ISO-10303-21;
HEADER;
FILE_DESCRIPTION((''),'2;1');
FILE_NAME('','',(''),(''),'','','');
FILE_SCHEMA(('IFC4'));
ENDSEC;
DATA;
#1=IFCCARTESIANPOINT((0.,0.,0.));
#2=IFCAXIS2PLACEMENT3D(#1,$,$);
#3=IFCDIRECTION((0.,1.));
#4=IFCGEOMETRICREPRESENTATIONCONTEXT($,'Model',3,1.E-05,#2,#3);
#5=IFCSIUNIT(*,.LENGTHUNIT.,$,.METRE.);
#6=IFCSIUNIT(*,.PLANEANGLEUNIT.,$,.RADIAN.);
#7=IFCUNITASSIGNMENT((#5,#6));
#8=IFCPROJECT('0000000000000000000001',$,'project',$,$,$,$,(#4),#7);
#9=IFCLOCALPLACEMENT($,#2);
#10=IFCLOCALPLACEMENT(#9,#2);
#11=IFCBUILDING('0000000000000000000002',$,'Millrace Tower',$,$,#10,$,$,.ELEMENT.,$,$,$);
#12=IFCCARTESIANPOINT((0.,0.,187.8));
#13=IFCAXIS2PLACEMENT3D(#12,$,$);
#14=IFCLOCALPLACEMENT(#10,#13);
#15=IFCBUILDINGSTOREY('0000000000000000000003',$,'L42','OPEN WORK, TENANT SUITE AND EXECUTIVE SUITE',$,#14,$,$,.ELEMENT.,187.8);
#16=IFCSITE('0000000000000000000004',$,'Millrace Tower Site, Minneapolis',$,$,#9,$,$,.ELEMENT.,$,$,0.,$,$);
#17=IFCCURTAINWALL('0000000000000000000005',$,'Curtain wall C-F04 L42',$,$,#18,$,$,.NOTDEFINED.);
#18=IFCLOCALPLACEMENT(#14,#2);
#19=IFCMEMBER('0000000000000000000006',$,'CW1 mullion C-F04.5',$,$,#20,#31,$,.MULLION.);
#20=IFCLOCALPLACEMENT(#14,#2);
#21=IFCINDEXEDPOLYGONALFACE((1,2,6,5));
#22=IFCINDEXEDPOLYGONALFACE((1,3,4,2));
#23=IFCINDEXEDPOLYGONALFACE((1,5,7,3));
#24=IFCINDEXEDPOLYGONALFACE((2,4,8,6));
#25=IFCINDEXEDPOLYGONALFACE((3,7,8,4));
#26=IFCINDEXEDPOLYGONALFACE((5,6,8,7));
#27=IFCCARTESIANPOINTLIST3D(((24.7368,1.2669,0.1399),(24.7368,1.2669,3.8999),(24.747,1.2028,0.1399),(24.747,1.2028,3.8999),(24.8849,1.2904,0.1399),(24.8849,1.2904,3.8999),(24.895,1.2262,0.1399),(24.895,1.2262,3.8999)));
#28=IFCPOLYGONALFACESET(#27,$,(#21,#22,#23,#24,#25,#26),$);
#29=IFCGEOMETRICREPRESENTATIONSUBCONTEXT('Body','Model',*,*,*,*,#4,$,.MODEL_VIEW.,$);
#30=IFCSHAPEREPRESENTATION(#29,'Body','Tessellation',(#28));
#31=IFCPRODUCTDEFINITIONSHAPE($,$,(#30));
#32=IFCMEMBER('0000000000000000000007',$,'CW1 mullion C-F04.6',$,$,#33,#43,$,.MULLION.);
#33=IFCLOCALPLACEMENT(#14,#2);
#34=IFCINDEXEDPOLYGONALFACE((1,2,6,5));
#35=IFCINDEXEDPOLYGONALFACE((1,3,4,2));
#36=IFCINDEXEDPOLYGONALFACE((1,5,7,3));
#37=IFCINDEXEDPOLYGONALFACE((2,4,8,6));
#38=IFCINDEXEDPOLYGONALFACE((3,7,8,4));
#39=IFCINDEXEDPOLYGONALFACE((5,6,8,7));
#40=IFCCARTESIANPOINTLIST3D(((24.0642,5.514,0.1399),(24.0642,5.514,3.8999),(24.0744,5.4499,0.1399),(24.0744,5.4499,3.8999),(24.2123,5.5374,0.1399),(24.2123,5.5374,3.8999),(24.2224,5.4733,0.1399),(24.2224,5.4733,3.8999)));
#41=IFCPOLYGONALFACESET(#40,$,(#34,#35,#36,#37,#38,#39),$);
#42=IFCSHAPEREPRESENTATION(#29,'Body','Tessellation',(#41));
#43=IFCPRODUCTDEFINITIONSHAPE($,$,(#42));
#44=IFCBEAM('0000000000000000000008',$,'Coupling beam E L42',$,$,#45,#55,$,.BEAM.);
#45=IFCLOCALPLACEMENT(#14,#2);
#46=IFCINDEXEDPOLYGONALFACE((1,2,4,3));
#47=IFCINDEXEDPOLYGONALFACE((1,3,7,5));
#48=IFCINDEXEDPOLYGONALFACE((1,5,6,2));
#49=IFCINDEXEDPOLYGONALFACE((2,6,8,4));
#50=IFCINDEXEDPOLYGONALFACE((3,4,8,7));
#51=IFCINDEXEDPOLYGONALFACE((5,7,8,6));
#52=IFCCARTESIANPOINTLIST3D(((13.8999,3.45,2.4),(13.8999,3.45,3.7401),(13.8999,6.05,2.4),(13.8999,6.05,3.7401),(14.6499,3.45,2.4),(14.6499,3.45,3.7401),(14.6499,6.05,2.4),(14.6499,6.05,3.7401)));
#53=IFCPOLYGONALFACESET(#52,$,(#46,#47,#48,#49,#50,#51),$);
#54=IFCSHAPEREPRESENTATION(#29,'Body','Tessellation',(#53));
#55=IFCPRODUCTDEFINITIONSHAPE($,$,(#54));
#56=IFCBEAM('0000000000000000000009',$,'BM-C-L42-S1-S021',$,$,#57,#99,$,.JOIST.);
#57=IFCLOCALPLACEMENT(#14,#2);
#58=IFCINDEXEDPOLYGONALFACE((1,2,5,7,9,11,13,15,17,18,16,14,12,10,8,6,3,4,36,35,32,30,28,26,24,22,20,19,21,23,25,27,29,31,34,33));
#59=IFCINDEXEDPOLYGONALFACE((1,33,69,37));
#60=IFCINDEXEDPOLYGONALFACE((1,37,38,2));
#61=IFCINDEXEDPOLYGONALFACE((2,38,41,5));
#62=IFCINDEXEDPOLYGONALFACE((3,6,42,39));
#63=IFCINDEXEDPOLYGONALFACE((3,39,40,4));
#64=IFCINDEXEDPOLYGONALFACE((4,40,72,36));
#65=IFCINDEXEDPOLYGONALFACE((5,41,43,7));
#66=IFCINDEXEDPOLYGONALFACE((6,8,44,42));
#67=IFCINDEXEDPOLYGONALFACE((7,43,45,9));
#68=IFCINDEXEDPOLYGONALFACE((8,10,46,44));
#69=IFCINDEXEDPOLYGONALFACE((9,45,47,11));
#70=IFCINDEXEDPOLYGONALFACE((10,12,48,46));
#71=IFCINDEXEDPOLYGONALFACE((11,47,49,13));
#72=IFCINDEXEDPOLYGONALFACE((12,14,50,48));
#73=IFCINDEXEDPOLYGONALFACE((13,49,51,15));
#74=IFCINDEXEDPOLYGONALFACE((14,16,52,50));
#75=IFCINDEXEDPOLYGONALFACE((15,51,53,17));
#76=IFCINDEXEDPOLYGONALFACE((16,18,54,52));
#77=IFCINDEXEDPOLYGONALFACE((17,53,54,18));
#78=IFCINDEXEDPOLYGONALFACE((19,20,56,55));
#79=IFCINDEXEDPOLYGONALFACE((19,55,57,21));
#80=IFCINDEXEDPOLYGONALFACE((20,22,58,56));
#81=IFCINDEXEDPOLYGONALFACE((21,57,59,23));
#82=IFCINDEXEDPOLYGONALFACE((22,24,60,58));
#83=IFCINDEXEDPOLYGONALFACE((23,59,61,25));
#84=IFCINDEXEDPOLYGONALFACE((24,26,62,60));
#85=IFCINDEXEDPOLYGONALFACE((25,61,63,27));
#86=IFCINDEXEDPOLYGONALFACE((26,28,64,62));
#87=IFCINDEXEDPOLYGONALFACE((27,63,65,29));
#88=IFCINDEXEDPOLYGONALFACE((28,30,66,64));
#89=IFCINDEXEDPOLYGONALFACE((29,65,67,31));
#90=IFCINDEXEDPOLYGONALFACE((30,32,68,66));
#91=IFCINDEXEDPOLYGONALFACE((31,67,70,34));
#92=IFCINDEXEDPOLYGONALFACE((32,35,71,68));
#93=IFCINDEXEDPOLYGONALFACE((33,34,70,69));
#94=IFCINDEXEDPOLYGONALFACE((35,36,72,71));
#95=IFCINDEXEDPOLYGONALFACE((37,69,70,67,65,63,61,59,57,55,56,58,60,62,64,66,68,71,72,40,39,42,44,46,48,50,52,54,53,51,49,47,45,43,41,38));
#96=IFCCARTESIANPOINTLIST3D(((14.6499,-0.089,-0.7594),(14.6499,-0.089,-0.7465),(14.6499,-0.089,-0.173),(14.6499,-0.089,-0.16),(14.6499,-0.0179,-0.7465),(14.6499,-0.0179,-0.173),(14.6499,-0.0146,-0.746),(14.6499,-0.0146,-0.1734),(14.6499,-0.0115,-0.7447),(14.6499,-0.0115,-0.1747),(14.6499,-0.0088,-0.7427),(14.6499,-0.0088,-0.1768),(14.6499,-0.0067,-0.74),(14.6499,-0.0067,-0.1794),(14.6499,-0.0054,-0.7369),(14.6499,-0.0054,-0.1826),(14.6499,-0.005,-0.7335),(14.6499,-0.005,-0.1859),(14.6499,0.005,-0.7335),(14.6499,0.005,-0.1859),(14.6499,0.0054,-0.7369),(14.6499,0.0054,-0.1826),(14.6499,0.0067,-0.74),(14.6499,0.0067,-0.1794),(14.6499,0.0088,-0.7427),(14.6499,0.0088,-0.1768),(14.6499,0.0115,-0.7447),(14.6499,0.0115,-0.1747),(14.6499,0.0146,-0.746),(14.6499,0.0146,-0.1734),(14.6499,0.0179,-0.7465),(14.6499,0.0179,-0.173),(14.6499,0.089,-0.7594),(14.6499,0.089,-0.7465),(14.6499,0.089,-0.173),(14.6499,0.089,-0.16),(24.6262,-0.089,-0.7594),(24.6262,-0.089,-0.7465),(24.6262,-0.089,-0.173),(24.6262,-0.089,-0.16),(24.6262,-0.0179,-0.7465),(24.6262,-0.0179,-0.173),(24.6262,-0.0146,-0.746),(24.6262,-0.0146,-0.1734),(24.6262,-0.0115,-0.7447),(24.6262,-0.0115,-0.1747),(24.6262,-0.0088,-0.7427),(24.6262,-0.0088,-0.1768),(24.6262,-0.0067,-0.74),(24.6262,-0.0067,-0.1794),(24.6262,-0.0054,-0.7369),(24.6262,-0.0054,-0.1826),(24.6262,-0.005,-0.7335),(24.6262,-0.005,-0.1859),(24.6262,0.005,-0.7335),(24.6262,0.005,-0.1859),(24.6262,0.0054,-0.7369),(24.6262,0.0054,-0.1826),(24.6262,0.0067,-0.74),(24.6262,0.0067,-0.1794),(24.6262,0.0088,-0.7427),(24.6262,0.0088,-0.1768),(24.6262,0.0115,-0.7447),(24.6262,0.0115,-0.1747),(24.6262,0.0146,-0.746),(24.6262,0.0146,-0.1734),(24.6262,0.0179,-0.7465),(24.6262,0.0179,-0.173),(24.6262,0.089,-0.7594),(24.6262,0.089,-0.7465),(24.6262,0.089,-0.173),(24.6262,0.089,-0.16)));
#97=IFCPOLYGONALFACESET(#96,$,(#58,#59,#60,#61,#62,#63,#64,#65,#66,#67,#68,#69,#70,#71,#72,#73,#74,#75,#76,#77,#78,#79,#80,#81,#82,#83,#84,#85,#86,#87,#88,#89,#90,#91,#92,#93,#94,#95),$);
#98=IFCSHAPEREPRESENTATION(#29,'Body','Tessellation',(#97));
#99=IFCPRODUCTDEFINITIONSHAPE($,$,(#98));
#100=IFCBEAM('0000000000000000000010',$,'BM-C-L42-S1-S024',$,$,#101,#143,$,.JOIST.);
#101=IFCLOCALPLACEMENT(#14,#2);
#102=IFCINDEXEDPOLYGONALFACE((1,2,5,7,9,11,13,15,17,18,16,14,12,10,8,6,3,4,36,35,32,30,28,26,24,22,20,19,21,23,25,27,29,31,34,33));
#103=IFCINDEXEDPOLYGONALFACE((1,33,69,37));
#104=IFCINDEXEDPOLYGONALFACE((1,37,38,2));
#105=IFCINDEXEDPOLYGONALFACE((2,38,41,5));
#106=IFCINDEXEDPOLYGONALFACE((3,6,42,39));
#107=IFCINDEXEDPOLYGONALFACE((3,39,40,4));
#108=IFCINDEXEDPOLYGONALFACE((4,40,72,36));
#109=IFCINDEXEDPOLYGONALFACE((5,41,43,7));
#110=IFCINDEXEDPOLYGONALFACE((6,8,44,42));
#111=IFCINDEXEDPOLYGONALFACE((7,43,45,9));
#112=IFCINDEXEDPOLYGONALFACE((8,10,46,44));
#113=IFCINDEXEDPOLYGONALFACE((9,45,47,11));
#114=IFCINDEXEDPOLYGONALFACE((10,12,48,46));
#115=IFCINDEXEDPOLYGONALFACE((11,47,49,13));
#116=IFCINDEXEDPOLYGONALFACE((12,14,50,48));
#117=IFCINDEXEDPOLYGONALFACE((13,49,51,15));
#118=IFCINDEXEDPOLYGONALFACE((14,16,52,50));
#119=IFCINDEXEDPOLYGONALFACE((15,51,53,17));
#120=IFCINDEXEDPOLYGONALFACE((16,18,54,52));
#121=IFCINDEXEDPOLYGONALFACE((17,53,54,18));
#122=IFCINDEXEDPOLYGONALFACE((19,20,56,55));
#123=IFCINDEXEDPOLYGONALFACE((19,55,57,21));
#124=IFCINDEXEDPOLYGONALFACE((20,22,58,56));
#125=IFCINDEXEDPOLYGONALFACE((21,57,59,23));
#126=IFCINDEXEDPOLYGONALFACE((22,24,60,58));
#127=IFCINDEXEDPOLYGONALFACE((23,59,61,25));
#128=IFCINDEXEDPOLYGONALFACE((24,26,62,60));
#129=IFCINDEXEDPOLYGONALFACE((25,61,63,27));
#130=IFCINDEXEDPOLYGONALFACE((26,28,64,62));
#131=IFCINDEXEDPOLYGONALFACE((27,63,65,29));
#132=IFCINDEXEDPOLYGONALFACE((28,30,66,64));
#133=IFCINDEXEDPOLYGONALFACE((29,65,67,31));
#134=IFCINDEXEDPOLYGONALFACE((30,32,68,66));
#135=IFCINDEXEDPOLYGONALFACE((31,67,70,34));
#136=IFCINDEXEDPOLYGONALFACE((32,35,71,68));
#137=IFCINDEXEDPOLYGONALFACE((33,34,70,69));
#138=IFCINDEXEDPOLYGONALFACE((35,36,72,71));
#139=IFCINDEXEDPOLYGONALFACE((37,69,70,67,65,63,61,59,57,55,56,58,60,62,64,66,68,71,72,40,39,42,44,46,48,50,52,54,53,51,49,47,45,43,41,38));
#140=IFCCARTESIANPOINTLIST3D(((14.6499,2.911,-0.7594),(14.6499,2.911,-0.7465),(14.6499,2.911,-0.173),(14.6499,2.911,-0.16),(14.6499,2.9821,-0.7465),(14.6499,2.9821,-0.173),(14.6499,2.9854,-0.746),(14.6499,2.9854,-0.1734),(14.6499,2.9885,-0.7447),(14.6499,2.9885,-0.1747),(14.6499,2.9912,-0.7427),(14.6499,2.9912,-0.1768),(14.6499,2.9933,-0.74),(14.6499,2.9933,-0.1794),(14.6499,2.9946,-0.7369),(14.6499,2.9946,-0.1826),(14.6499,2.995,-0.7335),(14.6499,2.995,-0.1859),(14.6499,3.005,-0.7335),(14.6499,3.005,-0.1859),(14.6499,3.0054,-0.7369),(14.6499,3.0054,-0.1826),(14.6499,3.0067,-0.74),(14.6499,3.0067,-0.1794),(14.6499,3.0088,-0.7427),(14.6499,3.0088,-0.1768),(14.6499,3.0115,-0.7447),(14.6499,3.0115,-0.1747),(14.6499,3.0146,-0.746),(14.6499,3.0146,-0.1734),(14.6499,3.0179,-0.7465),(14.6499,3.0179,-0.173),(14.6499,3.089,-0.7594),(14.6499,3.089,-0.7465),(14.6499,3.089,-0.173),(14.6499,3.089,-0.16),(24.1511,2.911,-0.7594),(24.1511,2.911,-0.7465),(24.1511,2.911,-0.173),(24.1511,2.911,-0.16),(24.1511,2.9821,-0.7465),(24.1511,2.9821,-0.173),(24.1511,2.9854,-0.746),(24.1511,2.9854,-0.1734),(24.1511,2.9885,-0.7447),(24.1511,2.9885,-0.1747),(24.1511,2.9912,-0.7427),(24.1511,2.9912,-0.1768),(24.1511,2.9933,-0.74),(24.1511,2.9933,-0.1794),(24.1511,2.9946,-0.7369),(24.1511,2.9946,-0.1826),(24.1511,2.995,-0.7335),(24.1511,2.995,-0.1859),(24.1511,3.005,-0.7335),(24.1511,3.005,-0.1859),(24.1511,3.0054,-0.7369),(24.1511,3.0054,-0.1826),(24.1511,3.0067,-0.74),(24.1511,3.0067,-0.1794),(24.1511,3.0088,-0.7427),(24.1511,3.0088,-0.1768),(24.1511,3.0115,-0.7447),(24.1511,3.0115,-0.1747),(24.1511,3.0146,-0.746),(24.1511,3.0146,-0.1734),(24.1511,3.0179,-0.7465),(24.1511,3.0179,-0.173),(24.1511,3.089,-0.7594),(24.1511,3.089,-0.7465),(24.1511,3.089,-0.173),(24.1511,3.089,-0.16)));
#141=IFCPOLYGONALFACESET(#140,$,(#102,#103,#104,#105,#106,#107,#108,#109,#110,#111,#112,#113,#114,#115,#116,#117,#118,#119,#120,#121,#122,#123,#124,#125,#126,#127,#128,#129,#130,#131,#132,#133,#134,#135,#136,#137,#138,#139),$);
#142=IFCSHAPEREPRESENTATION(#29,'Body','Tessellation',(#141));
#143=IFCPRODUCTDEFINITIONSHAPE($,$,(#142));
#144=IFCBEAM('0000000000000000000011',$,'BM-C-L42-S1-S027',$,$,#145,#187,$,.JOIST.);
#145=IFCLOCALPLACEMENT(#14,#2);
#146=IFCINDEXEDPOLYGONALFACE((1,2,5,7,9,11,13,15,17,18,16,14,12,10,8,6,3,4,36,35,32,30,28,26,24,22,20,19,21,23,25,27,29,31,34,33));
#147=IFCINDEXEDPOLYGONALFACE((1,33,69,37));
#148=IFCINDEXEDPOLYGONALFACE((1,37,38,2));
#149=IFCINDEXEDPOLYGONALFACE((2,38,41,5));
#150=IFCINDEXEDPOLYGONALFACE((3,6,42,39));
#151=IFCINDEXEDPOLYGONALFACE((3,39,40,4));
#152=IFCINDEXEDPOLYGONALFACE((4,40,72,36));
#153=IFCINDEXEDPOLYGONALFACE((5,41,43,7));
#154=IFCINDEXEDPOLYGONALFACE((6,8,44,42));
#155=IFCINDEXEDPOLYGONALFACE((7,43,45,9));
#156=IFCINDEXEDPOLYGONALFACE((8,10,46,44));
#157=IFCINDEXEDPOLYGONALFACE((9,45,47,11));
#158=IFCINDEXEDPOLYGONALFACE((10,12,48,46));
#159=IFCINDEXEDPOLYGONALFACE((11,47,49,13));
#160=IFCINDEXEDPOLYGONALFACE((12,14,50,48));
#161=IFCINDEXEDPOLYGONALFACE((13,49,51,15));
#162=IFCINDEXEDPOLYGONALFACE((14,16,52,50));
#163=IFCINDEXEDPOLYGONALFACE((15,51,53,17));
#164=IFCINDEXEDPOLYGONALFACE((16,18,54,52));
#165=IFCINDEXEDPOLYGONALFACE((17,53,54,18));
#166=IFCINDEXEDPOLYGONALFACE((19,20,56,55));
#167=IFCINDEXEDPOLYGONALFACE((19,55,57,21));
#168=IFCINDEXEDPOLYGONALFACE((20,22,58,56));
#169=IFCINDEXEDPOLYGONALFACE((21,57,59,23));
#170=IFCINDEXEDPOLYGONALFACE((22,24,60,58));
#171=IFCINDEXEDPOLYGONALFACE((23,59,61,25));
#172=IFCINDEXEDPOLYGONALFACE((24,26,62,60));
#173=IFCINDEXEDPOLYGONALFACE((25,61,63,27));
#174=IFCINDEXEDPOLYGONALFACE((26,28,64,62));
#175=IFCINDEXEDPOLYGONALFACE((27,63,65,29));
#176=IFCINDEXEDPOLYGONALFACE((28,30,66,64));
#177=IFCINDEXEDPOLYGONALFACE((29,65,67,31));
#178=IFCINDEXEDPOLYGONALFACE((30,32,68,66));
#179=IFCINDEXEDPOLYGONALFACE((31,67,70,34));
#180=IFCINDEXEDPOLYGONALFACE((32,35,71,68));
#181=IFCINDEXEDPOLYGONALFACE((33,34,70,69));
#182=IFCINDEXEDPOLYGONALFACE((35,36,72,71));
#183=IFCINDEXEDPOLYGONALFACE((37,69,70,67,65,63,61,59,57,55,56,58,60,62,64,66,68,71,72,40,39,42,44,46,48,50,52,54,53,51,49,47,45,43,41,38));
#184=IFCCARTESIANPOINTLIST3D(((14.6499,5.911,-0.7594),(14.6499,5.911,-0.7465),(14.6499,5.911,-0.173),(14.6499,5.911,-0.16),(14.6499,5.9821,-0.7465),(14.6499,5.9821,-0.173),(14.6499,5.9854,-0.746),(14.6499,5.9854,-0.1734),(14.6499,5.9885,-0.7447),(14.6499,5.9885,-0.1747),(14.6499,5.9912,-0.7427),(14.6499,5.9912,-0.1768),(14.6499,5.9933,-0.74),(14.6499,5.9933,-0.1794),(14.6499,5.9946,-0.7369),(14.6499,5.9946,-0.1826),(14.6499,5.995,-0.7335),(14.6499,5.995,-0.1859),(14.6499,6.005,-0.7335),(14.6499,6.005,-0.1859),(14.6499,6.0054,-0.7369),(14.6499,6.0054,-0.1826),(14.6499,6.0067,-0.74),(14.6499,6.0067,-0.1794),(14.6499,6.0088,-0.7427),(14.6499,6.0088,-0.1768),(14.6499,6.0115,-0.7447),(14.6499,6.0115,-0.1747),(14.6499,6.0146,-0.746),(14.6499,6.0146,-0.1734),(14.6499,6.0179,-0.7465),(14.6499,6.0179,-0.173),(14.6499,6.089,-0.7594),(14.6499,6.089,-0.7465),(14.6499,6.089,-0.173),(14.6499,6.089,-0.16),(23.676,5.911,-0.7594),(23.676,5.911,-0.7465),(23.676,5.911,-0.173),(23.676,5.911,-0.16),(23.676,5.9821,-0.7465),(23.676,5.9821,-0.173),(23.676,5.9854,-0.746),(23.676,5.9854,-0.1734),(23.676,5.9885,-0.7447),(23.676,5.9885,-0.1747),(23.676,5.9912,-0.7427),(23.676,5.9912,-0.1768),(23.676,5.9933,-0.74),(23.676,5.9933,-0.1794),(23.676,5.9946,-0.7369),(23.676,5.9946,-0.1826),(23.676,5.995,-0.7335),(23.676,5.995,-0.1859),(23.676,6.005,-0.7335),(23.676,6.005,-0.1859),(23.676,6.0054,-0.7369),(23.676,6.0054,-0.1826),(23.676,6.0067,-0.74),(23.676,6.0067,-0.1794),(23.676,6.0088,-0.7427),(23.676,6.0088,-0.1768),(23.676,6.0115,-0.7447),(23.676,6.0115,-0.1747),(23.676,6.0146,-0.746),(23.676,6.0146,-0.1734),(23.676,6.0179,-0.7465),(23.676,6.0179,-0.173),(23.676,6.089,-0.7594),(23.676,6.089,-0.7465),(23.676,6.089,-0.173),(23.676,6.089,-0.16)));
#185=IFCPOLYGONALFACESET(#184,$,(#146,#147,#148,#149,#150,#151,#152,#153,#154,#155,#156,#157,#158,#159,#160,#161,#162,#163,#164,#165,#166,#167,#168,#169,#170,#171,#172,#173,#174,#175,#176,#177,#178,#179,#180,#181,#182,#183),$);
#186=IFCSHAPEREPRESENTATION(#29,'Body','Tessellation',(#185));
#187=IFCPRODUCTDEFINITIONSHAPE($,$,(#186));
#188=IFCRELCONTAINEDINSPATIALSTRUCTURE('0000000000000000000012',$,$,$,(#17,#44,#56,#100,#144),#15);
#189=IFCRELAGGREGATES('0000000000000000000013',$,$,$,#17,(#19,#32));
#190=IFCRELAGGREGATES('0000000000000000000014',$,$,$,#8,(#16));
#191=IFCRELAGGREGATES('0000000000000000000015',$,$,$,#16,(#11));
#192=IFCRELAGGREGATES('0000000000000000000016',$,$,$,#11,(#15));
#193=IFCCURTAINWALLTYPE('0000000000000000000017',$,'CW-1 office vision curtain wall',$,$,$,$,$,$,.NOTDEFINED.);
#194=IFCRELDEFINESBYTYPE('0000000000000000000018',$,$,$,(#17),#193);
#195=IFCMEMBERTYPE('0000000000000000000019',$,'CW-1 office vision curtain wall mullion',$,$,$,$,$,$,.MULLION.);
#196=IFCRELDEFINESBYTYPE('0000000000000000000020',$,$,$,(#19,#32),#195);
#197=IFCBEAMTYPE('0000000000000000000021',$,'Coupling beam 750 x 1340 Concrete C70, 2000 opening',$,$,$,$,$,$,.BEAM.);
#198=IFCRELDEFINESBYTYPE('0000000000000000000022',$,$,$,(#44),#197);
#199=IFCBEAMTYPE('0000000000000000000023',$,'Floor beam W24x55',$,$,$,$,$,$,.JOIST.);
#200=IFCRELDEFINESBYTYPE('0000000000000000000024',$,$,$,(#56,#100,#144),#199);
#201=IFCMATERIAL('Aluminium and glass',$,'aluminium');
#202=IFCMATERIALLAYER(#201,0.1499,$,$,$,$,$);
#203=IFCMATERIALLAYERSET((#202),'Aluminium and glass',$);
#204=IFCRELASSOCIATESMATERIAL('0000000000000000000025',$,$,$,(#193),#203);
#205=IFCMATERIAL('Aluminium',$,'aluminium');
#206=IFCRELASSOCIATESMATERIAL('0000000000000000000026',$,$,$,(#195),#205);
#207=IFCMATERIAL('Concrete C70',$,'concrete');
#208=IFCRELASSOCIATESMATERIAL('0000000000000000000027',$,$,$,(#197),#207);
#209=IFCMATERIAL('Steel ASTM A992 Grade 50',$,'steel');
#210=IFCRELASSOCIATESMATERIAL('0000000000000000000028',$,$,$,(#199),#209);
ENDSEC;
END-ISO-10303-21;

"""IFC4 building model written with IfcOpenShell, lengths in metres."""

from ifc_helpers import new_model, si_unit, direction, frame, origin, origin_2d, place, context, subcontext, project, spatial, rectangle, i_section, extrude, material, layer, layer_set, material_profile, profile_set, type_object, element, aggregate, save


model = new_model("IFC4")

# Units and contexts
model_context = context("Model", 3, precision=1e-05, world=origin(), true_north=direction((0.0, 1.0)))
body_context = subcontext(model_context, "Body", "Model", "MODEL_VIEW")
ifc_project = project(units=[si_unit("LENGTHUNIT", "METRE"), si_unit("PLANEANGLEUNIT", "RADIAN")], contexts=[model_context])

# Site, building, storey
site_placement = place(None, origin())
site = spatial("IfcSite", under=ifc_project, at=site_placement, Name="Millrace Tower Site, Minneapolis", CompositionType="ELEMENT", RefElevation=0.0)
building_placement = place(site_placement, origin())
building = spatial("IfcBuilding", under=site, at=building_placement, Name="Millrace Tower", CompositionType="ELEMENT")
storey_placement = place(building_placement, frame((0.0, 0.0, 187.8)))
storey = spatial("IfcBuildingStorey", under=building, at=storey_placement, Name="L42", Description="OPEN WORK, TENANT SUITE AND EXECUTIVE SUITE", CompositionType="ELEMENT", Elevation=187.8)

# Curtain wall, members
ifc_material_1 = material(Name="Aluminium and glass", Category="aluminium")
ifc_layer_1 = layer(ifc_material_1, 0.1499)
ifc_layer_set_1 = layer_set([ifc_layer_1], Name="Aluminium and glass")
curtain_wall_type = type_object("IfcCurtainWallType", Name="CW-1 office vision curtain wall", PredefinedType="NOTDEFINED", material=ifc_layer_set_1)
curtain_wall_placement = place(storey_placement, origin())
curtain_wall = element("IfcCurtainWall", 1, at=curtain_wall_placement, inside=storey, type_object=curtain_wall_type, Name="Curtain wall C-F04 L42", PredefinedType="NOTDEFINED")
ifc_material_2 = material(Name="Aluminium", Category="aluminium")
ifc_material_profile_1 = material_profile(ifc_material_2, rectangle(XDim=0.0649, YDim=0.1499, at=origin_2d()))
ifc_profile_set_1 = profile_set([ifc_material_profile_1], Name="Aluminium")
member_type = type_object("IfcMemberType", Name="CW-1 office vision curtain wall mullion", PredefinedType="MULLION", material=ifc_profile_set_1)
member_1_placement = place(storey_placement, frame((24.8159, 1.2466, 0.1399), z_axis=(0.0, 0.0, 1.0), x_axis=(-0.156434, 0.987688, 0.0)))
member_1 = element("IfcMember", 2, at=member_1_placement, type_object=member_type, Name="CW1 mullion C-F04.5", PredefinedType="MULLION", context=body_context, shape_type="SweptSolid", body=[
    extrude(rectangle(XDim=0.0649, YDim=0.1499, at=origin_2d()), origin(), (0.0, 0.0, 1.0), 3.76),
])
member_2_placement = place(storey_placement, frame((24.1433, 5.4937, 0.1399), z_axis=(0.0, 0.0, 1.0), x_axis=(-0.156434, 0.987688, 0.0)))
member_2 = element("IfcMember", 3, at=member_2_placement, type_object=member_type, Name="CW1 mullion C-F04.6", PredefinedType="MULLION", context=body_context, shape_type="SweptSolid", body=[
    extrude(rectangle(XDim=0.0649, YDim=0.1499, at=origin_2d()), origin(), (0.0, 0.0, 1.0), 3.76),
])
aggregate(curtain_wall, [member_1, member_2])

# Beams
ifc_material_3 = material(Name="Concrete C70", Category="concrete")
ifc_material_profile_2 = material_profile(ifc_material_3, rectangle(XDim=0.75, YDim=1.3401, at=origin_2d()))
ifc_profile_set_2 = profile_set([ifc_material_profile_2], Name="Concrete C70")
beam_type_1 = type_object("IfcBeamType", Name="Coupling beam 750 x 1340 Concrete C70, 2000 opening", PredefinedType="BEAM", material=ifc_profile_set_2)
beam_1_placement = place(storey_placement, frame((14.2749, 6.05, 3.0701), z_axis=(0.0, -1.0, 0.0), x_axis=(1.0, 0.0, 0.0)))
element("IfcBeam", 4, at=beam_1_placement, inside=storey, type_object=beam_type_1, Name="Coupling beam E L42", PredefinedType="BEAM", context=body_context, shape_type="SweptSolid", body=[
    extrude(rectangle(XDim=0.75, YDim=1.3401, at=origin_2d()), origin(), (0.0, 0.0, 1.0), 2.6001),
])
ifc_material_4 = material(Name="Steel ASTM A992 Grade 50", Category="steel")
ifc_material_profile_3 = material_profile(ifc_material_4, i_section(OverallWidth=0.178, OverallDepth=0.5994, WebThickness=0.01, FlangeThickness=0.0129, FilletRadius=0.0129, at=origin_2d()))
ifc_profile_set_3 = profile_set([ifc_material_profile_3], Name="Steel ASTM A992 Grade 50")
beam_type_2 = type_object("IfcBeamType", Name="Floor beam W24x55", PredefinedType="JOIST", material=ifc_profile_set_3)
beam_2_placement = place(storey_placement, frame((14.6499, 0.0, -0.4597), z_axis=(1.0, 0.0, 0.0), x_axis=(0.0, 1.0, 0.0)))
element("IfcBeam", 5, at=beam_2_placement, inside=storey, type_object=beam_type_2, Name="BM-C-L42-S1-S021", PredefinedType="JOIST", context=body_context, shape_type="SweptSolid", body=[
    extrude(i_section(OverallWidth=0.178, OverallDepth=0.5994, WebThickness=0.01, FlangeThickness=0.0129, FilletRadius=0.0129, at=origin_2d()), origin(), (0.0, 0.0, 1.0), 9.9763),
])
beam_3_placement = place(storey_placement, frame((14.6499, 3.0, -0.4597), z_axis=(1.0, 0.0, 0.0), x_axis=(0.0, 1.0, 0.0)))
element("IfcBeam", 6, at=beam_3_placement, inside=storey, type_object=beam_type_2, Name="BM-C-L42-S1-S024", PredefinedType="JOIST", context=body_context, shape_type="SweptSolid", body=[
    extrude(i_section(OverallWidth=0.178, OverallDepth=0.5994, WebThickness=0.01, FlangeThickness=0.0129, FilletRadius=0.0129, at=origin_2d()), origin(), (0.0, 0.0, 1.0), 9.5012),
])
beam_4_placement = place(storey_placement, frame((14.6499, 6.0, -0.4597), z_axis=(1.0, 0.0, 0.0), x_axis=(0.0, 1.0, 0.0)))
element("IfcBeam", 7, at=beam_4_placement, inside=storey, type_object=beam_type_2, Name="BM-C-L42-S1-S027", PredefinedType="JOIST", context=body_context, shape_type="SweptSolid", body=[
    extrude(i_section(OverallWidth=0.178, OverallDepth=0.5994, WebThickness=0.01, FlangeThickness=0.0129, FilletRadius=0.0129, at=origin_2d()), origin(), (0.0, 0.0, 1.0), 9.0261),
])

save(model, "model.ifc")
